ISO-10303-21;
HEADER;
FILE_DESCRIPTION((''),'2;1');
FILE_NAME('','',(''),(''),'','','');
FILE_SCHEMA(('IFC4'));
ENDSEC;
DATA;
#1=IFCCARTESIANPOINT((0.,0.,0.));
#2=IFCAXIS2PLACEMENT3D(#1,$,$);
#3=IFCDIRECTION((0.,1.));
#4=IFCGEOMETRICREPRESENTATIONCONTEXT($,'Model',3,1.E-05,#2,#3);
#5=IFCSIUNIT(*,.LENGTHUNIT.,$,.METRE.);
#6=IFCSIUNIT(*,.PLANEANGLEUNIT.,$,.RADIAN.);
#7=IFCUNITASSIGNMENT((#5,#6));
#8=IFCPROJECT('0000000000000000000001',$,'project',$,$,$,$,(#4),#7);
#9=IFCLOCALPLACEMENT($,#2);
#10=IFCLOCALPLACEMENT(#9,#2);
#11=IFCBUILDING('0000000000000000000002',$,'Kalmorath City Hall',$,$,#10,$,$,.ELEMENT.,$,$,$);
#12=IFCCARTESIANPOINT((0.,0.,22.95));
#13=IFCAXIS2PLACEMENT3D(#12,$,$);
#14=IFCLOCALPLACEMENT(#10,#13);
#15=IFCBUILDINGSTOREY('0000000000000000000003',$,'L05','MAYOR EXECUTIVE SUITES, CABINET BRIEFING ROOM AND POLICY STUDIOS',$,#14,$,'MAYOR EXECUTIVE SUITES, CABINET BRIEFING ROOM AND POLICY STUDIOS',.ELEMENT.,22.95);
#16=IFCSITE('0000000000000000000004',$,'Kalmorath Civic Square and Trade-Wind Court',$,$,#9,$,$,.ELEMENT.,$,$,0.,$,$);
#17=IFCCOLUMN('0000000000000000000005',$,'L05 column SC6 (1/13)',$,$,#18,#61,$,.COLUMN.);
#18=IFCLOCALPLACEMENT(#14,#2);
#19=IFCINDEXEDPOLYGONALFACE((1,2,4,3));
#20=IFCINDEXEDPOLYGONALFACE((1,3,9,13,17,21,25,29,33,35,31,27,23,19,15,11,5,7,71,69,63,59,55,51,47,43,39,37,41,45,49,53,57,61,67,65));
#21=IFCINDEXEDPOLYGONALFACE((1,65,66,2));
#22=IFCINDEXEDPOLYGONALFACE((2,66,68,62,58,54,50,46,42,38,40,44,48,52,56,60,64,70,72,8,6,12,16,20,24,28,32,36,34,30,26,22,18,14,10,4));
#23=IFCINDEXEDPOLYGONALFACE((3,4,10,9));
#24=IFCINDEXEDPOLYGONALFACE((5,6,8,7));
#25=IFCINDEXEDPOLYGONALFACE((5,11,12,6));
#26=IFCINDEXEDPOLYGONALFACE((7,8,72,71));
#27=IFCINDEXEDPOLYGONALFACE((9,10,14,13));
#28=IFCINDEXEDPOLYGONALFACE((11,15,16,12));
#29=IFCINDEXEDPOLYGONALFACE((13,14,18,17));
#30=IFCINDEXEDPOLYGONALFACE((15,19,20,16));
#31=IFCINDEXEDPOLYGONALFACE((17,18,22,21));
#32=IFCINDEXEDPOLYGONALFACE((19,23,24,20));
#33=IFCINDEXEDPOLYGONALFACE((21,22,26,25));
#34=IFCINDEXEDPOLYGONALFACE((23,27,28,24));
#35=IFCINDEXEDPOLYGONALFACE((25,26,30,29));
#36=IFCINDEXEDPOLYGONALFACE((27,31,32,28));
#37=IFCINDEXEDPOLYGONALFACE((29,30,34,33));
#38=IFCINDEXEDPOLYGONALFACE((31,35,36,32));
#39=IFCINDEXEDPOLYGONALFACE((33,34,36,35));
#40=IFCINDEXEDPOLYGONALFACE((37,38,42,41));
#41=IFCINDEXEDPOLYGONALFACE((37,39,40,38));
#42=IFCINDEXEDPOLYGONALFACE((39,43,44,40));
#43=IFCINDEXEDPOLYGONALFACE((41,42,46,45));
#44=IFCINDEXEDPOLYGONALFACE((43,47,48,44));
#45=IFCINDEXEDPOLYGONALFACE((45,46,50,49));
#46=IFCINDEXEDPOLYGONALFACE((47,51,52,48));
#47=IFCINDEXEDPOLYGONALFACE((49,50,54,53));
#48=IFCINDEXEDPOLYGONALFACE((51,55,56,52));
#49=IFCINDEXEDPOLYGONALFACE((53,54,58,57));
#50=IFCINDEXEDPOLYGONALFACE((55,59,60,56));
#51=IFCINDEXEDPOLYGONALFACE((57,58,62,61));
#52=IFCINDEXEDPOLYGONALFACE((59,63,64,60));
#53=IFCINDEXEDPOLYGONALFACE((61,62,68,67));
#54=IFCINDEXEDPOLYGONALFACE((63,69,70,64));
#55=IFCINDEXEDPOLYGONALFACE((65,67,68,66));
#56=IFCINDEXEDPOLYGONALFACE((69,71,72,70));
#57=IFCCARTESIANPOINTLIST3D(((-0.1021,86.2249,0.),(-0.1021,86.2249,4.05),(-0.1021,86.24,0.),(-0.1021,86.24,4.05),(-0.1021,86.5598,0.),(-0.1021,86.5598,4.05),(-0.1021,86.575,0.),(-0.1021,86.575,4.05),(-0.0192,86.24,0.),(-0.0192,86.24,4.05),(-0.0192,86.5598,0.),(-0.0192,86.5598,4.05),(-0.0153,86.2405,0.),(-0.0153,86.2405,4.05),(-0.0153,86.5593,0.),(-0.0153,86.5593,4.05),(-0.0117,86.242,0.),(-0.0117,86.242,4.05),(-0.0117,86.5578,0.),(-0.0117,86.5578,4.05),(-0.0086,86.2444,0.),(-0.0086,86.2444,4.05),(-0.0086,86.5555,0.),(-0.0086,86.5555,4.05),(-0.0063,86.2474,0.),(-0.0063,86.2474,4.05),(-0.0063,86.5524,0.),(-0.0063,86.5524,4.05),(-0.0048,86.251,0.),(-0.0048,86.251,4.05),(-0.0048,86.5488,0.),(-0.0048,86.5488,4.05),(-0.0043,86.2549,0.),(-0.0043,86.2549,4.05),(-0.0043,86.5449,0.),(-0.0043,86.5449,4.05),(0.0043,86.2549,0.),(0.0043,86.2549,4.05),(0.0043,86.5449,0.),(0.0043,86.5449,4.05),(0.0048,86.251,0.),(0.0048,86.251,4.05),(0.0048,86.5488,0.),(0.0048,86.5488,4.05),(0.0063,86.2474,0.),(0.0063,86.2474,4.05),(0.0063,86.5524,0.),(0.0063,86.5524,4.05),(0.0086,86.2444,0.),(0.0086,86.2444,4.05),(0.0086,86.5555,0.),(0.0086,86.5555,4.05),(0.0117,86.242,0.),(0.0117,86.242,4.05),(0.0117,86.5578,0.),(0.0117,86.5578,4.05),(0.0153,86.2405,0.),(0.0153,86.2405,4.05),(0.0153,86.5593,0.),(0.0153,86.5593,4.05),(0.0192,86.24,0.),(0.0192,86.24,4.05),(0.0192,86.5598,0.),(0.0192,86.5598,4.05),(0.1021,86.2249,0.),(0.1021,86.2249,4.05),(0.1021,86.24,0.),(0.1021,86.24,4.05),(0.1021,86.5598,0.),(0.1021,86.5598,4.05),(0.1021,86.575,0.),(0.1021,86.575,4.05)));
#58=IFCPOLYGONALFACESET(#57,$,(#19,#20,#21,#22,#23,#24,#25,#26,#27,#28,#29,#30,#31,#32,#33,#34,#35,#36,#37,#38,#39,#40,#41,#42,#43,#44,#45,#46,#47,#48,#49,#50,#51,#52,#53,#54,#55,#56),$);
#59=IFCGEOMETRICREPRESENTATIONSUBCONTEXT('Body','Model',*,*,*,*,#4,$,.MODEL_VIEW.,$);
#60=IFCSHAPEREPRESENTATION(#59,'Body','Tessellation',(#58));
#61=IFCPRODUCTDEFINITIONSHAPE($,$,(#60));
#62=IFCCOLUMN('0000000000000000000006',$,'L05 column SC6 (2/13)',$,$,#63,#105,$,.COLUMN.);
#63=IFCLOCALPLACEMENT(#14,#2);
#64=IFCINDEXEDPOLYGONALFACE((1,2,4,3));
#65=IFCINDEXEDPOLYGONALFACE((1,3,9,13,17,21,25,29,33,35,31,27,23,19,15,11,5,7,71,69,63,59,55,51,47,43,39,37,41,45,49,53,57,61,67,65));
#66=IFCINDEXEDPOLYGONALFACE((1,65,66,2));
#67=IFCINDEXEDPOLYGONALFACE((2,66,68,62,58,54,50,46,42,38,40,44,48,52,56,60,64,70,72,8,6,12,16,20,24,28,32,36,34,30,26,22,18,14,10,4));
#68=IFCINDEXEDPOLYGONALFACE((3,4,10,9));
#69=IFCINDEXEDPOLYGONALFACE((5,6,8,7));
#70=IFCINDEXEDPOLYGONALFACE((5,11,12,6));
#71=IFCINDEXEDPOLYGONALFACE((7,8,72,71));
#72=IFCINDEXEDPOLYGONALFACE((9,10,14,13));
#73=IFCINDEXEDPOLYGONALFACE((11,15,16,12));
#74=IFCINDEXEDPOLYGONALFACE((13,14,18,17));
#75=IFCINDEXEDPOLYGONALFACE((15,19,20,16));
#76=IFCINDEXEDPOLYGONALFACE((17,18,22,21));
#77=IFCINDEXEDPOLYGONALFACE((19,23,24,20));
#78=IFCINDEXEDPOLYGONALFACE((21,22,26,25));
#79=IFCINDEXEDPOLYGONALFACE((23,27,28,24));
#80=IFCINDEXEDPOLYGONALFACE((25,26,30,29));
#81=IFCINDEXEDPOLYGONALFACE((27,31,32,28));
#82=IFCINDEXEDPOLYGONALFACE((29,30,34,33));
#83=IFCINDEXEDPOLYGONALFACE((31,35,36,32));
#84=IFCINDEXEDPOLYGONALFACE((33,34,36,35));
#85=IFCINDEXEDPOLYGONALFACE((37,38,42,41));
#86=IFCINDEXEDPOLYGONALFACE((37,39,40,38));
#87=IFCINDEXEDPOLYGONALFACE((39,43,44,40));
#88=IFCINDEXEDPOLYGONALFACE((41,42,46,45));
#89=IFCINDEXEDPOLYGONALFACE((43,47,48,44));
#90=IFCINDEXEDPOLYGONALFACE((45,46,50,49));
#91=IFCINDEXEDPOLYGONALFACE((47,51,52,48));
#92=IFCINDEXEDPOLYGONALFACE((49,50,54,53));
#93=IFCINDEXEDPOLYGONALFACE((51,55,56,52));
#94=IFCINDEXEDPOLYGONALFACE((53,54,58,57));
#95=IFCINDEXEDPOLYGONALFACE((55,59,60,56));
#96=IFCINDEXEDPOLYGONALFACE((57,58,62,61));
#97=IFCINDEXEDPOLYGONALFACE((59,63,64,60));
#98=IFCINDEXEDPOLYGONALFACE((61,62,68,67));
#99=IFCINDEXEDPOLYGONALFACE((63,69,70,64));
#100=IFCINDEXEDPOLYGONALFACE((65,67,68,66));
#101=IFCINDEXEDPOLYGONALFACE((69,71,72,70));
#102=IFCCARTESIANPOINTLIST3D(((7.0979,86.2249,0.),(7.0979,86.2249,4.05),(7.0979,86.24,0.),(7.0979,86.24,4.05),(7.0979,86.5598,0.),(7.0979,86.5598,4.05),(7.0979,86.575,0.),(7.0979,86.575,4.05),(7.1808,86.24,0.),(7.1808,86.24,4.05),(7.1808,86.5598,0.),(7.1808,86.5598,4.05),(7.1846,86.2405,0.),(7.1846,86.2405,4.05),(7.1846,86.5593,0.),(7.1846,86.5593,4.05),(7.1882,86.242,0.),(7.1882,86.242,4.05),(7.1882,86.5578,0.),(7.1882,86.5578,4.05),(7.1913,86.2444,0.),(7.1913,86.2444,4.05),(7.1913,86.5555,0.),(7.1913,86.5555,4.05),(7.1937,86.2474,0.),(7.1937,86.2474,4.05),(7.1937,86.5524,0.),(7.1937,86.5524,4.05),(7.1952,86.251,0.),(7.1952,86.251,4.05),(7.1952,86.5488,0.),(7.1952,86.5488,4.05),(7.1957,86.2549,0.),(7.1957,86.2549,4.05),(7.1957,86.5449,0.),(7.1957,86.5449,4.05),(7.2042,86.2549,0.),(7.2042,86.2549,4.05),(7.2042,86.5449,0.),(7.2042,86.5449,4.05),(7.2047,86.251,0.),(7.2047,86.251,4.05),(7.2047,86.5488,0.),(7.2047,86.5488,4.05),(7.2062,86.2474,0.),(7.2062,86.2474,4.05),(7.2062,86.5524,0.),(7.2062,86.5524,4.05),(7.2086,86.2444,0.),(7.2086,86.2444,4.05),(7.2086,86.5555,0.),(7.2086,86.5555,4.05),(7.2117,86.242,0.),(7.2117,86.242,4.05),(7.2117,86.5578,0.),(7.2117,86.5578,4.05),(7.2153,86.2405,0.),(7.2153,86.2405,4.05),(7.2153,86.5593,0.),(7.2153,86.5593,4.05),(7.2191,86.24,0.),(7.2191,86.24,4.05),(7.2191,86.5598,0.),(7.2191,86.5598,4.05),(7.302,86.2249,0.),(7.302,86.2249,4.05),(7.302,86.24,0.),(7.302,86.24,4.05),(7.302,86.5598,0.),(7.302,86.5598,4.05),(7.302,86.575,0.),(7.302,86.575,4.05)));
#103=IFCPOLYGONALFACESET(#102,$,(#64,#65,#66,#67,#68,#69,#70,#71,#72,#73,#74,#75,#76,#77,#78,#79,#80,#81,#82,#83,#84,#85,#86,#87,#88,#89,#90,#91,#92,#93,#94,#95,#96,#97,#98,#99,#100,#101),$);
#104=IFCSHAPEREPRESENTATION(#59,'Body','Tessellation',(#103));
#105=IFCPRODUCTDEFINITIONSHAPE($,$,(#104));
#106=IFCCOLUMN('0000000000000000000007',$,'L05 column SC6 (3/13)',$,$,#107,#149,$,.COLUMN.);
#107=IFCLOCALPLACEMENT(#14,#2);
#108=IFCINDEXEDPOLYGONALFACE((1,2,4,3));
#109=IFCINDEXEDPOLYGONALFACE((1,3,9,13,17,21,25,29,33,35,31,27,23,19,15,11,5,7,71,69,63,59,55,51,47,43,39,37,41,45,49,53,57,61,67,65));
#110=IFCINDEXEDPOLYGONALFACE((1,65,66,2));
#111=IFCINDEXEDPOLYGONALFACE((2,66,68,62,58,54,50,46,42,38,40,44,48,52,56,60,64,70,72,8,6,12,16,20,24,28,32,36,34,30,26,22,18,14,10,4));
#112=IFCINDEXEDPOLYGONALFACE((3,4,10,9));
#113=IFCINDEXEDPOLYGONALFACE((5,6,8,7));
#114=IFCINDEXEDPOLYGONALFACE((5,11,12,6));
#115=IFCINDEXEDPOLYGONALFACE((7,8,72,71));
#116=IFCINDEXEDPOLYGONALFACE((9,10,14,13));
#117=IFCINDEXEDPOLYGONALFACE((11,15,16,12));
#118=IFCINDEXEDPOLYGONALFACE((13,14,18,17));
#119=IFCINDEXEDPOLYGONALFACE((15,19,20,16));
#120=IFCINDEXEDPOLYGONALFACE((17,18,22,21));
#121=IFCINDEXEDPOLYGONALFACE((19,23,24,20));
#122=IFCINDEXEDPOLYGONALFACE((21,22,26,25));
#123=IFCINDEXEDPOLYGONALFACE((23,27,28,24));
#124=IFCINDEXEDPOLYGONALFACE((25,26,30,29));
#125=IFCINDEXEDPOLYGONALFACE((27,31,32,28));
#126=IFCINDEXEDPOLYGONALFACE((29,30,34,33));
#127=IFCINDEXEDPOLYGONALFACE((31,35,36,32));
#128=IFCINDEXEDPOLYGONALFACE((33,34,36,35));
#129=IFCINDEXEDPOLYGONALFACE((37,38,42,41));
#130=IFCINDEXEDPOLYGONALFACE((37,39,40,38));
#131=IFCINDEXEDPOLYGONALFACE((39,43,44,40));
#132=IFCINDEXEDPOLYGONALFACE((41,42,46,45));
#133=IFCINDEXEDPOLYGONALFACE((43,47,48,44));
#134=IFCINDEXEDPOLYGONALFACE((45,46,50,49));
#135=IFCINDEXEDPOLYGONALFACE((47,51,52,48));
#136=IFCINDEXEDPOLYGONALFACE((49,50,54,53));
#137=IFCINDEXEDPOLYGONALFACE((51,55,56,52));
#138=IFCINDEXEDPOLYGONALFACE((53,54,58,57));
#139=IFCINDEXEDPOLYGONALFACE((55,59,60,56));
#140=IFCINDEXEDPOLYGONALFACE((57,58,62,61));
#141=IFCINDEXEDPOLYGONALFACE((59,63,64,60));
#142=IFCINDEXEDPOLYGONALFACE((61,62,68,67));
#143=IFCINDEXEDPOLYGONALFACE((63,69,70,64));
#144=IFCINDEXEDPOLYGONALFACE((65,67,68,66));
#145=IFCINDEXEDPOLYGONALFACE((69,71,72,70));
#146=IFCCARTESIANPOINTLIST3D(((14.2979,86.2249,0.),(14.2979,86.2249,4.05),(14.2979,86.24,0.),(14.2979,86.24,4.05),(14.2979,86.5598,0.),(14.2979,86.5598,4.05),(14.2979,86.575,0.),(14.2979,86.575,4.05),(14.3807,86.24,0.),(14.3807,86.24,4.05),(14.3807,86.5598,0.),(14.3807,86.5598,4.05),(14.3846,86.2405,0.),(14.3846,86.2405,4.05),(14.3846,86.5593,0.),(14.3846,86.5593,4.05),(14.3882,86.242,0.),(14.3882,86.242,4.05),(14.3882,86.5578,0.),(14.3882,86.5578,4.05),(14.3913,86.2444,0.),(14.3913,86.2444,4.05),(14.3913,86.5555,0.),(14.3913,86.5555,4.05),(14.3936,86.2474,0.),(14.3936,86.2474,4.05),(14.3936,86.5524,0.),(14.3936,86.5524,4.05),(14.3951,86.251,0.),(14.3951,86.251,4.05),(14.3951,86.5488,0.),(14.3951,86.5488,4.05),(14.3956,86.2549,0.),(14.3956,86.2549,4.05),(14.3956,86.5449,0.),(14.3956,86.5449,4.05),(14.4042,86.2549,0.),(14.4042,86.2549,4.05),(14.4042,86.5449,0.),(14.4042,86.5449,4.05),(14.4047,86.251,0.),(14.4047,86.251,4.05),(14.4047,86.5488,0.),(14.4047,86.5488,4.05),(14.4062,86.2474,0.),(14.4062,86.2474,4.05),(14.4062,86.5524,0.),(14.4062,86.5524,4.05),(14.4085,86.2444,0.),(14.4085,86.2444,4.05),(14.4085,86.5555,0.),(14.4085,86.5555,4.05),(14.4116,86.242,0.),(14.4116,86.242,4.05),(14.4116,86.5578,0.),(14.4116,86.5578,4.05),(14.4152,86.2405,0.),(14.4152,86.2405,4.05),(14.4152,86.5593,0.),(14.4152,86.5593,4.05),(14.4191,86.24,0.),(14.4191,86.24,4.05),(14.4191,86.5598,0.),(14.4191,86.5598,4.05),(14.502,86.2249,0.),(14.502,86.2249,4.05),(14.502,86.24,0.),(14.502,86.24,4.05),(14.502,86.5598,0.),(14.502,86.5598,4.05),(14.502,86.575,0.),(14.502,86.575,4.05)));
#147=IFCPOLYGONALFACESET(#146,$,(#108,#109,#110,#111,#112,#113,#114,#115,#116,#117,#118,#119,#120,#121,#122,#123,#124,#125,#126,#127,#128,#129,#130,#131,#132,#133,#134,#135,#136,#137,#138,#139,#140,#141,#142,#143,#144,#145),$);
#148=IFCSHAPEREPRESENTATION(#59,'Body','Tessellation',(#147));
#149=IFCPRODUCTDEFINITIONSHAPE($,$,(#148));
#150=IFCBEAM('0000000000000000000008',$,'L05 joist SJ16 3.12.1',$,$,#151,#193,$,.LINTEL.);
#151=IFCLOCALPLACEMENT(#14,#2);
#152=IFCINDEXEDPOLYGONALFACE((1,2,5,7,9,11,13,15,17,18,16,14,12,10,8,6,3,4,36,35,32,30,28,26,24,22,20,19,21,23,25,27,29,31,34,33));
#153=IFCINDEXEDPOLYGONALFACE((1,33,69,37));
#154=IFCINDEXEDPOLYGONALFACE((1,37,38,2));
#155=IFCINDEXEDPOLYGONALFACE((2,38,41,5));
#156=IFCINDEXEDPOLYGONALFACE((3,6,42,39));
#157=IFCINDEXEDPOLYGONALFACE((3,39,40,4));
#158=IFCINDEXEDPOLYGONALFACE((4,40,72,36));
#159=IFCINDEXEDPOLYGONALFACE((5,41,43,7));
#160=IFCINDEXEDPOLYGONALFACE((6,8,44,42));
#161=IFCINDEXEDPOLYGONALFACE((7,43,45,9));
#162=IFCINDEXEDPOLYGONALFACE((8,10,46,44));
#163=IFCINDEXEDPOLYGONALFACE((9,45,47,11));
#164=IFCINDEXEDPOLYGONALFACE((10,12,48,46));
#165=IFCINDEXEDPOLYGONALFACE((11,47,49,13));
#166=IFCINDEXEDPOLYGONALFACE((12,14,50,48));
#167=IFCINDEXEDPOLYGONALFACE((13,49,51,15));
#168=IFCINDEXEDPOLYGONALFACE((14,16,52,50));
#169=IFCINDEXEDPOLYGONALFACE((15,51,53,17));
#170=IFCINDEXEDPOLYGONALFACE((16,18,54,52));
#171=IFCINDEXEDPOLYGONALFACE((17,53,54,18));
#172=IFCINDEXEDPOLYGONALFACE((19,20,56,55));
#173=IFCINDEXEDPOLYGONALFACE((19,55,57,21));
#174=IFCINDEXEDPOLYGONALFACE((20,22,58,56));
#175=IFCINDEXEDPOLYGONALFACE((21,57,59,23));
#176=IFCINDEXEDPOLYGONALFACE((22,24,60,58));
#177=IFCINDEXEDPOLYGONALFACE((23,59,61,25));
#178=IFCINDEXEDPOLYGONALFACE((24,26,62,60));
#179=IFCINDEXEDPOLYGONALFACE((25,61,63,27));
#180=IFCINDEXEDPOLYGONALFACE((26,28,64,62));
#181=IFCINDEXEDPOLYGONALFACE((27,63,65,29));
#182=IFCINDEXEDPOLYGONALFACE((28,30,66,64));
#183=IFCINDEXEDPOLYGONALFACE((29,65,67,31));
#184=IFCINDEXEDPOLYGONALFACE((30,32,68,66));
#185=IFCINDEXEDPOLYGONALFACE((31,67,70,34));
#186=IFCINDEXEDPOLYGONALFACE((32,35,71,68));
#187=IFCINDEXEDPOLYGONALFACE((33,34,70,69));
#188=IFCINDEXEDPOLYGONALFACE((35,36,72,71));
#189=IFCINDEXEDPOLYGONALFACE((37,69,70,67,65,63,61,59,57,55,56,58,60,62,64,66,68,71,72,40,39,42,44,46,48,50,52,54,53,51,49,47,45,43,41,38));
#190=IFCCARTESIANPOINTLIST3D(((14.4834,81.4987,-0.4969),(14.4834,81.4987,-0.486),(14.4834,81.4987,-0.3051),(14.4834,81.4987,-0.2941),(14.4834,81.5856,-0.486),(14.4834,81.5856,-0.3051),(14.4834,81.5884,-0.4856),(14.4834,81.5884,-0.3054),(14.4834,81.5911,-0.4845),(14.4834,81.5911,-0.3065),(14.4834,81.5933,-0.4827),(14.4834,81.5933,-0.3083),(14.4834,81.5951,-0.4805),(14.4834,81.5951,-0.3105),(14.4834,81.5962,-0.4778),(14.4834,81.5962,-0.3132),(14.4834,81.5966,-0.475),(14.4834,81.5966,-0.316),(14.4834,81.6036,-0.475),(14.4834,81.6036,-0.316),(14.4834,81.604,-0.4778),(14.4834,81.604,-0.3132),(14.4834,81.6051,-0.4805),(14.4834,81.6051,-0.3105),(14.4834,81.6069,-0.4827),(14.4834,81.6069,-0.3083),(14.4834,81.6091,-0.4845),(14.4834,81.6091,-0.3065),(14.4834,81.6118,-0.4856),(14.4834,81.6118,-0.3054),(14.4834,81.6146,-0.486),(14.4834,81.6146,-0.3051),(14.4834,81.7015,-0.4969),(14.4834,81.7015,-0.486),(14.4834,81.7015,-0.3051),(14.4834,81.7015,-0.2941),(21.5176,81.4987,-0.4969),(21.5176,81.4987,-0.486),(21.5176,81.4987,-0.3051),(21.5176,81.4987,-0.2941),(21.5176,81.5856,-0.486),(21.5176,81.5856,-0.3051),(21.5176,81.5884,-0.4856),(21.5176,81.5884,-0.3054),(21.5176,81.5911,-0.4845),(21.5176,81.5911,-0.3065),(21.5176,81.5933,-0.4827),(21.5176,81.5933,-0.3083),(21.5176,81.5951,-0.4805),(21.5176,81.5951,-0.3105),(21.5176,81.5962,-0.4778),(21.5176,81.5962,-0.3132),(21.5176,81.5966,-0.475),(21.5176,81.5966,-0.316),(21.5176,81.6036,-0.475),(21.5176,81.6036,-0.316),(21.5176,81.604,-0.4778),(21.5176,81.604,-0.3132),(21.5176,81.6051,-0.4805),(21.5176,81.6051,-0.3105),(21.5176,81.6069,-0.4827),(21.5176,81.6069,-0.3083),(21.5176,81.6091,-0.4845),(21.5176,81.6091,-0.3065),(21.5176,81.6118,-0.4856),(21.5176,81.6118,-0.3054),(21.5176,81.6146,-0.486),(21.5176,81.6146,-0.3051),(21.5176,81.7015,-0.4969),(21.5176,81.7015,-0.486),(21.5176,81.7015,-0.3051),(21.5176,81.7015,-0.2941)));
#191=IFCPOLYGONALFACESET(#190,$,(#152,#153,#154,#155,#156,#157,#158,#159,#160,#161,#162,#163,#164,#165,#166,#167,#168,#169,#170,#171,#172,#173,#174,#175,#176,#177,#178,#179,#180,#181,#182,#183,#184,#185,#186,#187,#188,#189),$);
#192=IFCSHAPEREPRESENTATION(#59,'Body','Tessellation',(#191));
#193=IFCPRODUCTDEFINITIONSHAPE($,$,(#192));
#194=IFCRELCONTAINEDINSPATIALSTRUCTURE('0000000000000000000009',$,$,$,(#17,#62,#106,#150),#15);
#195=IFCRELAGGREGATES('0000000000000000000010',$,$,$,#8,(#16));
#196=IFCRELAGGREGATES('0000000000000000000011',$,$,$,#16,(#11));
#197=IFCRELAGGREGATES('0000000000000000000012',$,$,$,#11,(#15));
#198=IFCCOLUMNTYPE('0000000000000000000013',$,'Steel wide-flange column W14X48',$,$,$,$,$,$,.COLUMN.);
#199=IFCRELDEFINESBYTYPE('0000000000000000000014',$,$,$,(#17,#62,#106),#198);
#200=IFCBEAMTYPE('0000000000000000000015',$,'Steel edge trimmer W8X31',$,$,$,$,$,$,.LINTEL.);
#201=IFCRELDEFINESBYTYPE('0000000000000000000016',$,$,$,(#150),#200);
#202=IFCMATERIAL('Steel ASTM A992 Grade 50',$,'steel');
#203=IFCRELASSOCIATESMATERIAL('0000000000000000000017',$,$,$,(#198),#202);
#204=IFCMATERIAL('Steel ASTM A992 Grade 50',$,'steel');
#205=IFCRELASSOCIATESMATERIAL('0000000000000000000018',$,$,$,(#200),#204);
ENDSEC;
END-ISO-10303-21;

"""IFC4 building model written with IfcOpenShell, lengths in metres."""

from ifc_helpers import new_model, si_unit, direction, frame, origin, origin_2d, place, context, subcontext, project, spatial, i_section, extrude, material, material_profile, profile_set, type_object, element, save


model = new_model("IFC4")

# Units and contexts
model_context = context("Model", 3, precision=1e-05, world=origin(), true_north=direction((0.0, 1.0)))
body_context = subcontext(model_context, "Body", "Model", "MODEL_VIEW")
ifc_project = project(units=[si_unit("LENGTHUNIT", "METRE"), si_unit("PLANEANGLEUNIT", "RADIAN")], contexts=[model_context])

# Site, building, storey
site_placement = place(None, origin())
site = spatial("IfcSite", under=ifc_project, at=site_placement, Name="Kalmorath Civic Square and Trade-Wind Court", CompositionType="ELEMENT", RefElevation=0.0)
building_placement = place(site_placement, origin())
building = spatial("IfcBuilding", under=site, at=building_placement, Name="Kalmorath City Hall", CompositionType="ELEMENT")
storey_placement = place(building_placement, frame((0.0, 0.0, 22.95)))
storey = spatial("IfcBuildingStorey", under=building, at=storey_placement, Name="L05", Description="MAYOR EXECUTIVE SUITES, CABINET BRIEFING ROOM AND POLICY STUDIOS", LongName="MAYOR EXECUTIVE SUITES, CABINET BRIEFING ROOM AND POLICY STUDIOS", CompositionType="ELEMENT", Elevation=22.95)

# Columns
ifc_material_1 = material(Name="Steel ASTM A992 Grade 50", Category="steel")
ifc_material_profile_1 = material_profile(ifc_material_1, i_section(OverallWidth=0.2041, OverallDepth=0.3501, WebThickness=0.0085, FlangeThickness=0.0151, FilletRadius=0.0149, at=origin_2d()), Name="W14X48")
ifc_profile_set_1 = profile_set([ifc_material_profile_1], Name="Steel ASTM A992 Grade 50")
column_type = type_object("IfcColumnType", Name="Steel wide-flange column W14X48", PredefinedType="COLUMN", material=ifc_profile_set_1)
for number, where, z_axis, x_axis, name in (
    (1, (0.0, 86.3999, 0.0), (0.0, 0.0, 1.0), (1.0, 0.0, 0.0), "L05 column SC6 (1/13)"),
    (2, (7.2, 86.3999, 0.0), (0.0, 0.0, 1.0), (1.0, 0.0, 0.0), "L05 column SC6 (2/13)"),
    (3, (14.3999, 86.3999, 0.0), (0.0, 0.0, 1.0), (1.0, 0.0, 0.0), "L05 column SC6 (3/13)"),
):
    element("IfcColumn", number, at=place(storey_placement, frame(where, z_axis=z_axis, x_axis=x_axis)), inside=storey, type_object=column_type, Name=name, PredefinedType="COLUMN", context=body_context, shape_type="SweptSolid", body=[
        extrude(i_section(OverallWidth=0.2041, OverallDepth=0.3501, WebThickness=0.0085, FlangeThickness=0.0151, FilletRadius=0.0149, at=origin_2d()), origin(), (0.0, 0.0, 1.0), 4.05),
    ])

# Beam
ifc_material_2 = material(Name="Steel ASTM A992 Grade 50", Category="steel")
ifc_material_profile_2 = material_profile(ifc_material_2, i_section(OverallWidth=0.2029, OverallDepth=0.2029, WebThickness=0.0071, FlangeThickness=0.011, FilletRadius=0.011, at=origin_2d()), Name="W8X31")
ifc_profile_set_2 = profile_set([ifc_material_profile_2], Name="Steel ASTM A992 Grade 50")
beam_type_1 = type_object("IfcBeamType", Name="Steel edge trimmer W8X31", PredefinedType="LINTEL", material=ifc_profile_set_2)
for number, where, z_axis, x_axis, name in (
    (4, (14.4834, 81.6001, -0.3955), (1.0, 0.0, 0.0), (0.0, 1.0, 0.0), "L05 joist SJ16 3.12.1"),
):
    element("IfcBeam", number, at=place(storey_placement, frame(where, z_axis=z_axis, x_axis=x_axis)), inside=storey, type_object=beam_type_1, Name=name, PredefinedType="LINTEL", context=body_context, shape_type="SweptSolid", body=[
        extrude(i_section(OverallWidth=0.2029, OverallDepth=0.2029, WebThickness=0.0071, FlangeThickness=0.011, FilletRadius=0.011, at=origin_2d()), origin(), (0.0, 0.0, 1.0), 7.0342),
    ])

save(model, "model.ifc")
